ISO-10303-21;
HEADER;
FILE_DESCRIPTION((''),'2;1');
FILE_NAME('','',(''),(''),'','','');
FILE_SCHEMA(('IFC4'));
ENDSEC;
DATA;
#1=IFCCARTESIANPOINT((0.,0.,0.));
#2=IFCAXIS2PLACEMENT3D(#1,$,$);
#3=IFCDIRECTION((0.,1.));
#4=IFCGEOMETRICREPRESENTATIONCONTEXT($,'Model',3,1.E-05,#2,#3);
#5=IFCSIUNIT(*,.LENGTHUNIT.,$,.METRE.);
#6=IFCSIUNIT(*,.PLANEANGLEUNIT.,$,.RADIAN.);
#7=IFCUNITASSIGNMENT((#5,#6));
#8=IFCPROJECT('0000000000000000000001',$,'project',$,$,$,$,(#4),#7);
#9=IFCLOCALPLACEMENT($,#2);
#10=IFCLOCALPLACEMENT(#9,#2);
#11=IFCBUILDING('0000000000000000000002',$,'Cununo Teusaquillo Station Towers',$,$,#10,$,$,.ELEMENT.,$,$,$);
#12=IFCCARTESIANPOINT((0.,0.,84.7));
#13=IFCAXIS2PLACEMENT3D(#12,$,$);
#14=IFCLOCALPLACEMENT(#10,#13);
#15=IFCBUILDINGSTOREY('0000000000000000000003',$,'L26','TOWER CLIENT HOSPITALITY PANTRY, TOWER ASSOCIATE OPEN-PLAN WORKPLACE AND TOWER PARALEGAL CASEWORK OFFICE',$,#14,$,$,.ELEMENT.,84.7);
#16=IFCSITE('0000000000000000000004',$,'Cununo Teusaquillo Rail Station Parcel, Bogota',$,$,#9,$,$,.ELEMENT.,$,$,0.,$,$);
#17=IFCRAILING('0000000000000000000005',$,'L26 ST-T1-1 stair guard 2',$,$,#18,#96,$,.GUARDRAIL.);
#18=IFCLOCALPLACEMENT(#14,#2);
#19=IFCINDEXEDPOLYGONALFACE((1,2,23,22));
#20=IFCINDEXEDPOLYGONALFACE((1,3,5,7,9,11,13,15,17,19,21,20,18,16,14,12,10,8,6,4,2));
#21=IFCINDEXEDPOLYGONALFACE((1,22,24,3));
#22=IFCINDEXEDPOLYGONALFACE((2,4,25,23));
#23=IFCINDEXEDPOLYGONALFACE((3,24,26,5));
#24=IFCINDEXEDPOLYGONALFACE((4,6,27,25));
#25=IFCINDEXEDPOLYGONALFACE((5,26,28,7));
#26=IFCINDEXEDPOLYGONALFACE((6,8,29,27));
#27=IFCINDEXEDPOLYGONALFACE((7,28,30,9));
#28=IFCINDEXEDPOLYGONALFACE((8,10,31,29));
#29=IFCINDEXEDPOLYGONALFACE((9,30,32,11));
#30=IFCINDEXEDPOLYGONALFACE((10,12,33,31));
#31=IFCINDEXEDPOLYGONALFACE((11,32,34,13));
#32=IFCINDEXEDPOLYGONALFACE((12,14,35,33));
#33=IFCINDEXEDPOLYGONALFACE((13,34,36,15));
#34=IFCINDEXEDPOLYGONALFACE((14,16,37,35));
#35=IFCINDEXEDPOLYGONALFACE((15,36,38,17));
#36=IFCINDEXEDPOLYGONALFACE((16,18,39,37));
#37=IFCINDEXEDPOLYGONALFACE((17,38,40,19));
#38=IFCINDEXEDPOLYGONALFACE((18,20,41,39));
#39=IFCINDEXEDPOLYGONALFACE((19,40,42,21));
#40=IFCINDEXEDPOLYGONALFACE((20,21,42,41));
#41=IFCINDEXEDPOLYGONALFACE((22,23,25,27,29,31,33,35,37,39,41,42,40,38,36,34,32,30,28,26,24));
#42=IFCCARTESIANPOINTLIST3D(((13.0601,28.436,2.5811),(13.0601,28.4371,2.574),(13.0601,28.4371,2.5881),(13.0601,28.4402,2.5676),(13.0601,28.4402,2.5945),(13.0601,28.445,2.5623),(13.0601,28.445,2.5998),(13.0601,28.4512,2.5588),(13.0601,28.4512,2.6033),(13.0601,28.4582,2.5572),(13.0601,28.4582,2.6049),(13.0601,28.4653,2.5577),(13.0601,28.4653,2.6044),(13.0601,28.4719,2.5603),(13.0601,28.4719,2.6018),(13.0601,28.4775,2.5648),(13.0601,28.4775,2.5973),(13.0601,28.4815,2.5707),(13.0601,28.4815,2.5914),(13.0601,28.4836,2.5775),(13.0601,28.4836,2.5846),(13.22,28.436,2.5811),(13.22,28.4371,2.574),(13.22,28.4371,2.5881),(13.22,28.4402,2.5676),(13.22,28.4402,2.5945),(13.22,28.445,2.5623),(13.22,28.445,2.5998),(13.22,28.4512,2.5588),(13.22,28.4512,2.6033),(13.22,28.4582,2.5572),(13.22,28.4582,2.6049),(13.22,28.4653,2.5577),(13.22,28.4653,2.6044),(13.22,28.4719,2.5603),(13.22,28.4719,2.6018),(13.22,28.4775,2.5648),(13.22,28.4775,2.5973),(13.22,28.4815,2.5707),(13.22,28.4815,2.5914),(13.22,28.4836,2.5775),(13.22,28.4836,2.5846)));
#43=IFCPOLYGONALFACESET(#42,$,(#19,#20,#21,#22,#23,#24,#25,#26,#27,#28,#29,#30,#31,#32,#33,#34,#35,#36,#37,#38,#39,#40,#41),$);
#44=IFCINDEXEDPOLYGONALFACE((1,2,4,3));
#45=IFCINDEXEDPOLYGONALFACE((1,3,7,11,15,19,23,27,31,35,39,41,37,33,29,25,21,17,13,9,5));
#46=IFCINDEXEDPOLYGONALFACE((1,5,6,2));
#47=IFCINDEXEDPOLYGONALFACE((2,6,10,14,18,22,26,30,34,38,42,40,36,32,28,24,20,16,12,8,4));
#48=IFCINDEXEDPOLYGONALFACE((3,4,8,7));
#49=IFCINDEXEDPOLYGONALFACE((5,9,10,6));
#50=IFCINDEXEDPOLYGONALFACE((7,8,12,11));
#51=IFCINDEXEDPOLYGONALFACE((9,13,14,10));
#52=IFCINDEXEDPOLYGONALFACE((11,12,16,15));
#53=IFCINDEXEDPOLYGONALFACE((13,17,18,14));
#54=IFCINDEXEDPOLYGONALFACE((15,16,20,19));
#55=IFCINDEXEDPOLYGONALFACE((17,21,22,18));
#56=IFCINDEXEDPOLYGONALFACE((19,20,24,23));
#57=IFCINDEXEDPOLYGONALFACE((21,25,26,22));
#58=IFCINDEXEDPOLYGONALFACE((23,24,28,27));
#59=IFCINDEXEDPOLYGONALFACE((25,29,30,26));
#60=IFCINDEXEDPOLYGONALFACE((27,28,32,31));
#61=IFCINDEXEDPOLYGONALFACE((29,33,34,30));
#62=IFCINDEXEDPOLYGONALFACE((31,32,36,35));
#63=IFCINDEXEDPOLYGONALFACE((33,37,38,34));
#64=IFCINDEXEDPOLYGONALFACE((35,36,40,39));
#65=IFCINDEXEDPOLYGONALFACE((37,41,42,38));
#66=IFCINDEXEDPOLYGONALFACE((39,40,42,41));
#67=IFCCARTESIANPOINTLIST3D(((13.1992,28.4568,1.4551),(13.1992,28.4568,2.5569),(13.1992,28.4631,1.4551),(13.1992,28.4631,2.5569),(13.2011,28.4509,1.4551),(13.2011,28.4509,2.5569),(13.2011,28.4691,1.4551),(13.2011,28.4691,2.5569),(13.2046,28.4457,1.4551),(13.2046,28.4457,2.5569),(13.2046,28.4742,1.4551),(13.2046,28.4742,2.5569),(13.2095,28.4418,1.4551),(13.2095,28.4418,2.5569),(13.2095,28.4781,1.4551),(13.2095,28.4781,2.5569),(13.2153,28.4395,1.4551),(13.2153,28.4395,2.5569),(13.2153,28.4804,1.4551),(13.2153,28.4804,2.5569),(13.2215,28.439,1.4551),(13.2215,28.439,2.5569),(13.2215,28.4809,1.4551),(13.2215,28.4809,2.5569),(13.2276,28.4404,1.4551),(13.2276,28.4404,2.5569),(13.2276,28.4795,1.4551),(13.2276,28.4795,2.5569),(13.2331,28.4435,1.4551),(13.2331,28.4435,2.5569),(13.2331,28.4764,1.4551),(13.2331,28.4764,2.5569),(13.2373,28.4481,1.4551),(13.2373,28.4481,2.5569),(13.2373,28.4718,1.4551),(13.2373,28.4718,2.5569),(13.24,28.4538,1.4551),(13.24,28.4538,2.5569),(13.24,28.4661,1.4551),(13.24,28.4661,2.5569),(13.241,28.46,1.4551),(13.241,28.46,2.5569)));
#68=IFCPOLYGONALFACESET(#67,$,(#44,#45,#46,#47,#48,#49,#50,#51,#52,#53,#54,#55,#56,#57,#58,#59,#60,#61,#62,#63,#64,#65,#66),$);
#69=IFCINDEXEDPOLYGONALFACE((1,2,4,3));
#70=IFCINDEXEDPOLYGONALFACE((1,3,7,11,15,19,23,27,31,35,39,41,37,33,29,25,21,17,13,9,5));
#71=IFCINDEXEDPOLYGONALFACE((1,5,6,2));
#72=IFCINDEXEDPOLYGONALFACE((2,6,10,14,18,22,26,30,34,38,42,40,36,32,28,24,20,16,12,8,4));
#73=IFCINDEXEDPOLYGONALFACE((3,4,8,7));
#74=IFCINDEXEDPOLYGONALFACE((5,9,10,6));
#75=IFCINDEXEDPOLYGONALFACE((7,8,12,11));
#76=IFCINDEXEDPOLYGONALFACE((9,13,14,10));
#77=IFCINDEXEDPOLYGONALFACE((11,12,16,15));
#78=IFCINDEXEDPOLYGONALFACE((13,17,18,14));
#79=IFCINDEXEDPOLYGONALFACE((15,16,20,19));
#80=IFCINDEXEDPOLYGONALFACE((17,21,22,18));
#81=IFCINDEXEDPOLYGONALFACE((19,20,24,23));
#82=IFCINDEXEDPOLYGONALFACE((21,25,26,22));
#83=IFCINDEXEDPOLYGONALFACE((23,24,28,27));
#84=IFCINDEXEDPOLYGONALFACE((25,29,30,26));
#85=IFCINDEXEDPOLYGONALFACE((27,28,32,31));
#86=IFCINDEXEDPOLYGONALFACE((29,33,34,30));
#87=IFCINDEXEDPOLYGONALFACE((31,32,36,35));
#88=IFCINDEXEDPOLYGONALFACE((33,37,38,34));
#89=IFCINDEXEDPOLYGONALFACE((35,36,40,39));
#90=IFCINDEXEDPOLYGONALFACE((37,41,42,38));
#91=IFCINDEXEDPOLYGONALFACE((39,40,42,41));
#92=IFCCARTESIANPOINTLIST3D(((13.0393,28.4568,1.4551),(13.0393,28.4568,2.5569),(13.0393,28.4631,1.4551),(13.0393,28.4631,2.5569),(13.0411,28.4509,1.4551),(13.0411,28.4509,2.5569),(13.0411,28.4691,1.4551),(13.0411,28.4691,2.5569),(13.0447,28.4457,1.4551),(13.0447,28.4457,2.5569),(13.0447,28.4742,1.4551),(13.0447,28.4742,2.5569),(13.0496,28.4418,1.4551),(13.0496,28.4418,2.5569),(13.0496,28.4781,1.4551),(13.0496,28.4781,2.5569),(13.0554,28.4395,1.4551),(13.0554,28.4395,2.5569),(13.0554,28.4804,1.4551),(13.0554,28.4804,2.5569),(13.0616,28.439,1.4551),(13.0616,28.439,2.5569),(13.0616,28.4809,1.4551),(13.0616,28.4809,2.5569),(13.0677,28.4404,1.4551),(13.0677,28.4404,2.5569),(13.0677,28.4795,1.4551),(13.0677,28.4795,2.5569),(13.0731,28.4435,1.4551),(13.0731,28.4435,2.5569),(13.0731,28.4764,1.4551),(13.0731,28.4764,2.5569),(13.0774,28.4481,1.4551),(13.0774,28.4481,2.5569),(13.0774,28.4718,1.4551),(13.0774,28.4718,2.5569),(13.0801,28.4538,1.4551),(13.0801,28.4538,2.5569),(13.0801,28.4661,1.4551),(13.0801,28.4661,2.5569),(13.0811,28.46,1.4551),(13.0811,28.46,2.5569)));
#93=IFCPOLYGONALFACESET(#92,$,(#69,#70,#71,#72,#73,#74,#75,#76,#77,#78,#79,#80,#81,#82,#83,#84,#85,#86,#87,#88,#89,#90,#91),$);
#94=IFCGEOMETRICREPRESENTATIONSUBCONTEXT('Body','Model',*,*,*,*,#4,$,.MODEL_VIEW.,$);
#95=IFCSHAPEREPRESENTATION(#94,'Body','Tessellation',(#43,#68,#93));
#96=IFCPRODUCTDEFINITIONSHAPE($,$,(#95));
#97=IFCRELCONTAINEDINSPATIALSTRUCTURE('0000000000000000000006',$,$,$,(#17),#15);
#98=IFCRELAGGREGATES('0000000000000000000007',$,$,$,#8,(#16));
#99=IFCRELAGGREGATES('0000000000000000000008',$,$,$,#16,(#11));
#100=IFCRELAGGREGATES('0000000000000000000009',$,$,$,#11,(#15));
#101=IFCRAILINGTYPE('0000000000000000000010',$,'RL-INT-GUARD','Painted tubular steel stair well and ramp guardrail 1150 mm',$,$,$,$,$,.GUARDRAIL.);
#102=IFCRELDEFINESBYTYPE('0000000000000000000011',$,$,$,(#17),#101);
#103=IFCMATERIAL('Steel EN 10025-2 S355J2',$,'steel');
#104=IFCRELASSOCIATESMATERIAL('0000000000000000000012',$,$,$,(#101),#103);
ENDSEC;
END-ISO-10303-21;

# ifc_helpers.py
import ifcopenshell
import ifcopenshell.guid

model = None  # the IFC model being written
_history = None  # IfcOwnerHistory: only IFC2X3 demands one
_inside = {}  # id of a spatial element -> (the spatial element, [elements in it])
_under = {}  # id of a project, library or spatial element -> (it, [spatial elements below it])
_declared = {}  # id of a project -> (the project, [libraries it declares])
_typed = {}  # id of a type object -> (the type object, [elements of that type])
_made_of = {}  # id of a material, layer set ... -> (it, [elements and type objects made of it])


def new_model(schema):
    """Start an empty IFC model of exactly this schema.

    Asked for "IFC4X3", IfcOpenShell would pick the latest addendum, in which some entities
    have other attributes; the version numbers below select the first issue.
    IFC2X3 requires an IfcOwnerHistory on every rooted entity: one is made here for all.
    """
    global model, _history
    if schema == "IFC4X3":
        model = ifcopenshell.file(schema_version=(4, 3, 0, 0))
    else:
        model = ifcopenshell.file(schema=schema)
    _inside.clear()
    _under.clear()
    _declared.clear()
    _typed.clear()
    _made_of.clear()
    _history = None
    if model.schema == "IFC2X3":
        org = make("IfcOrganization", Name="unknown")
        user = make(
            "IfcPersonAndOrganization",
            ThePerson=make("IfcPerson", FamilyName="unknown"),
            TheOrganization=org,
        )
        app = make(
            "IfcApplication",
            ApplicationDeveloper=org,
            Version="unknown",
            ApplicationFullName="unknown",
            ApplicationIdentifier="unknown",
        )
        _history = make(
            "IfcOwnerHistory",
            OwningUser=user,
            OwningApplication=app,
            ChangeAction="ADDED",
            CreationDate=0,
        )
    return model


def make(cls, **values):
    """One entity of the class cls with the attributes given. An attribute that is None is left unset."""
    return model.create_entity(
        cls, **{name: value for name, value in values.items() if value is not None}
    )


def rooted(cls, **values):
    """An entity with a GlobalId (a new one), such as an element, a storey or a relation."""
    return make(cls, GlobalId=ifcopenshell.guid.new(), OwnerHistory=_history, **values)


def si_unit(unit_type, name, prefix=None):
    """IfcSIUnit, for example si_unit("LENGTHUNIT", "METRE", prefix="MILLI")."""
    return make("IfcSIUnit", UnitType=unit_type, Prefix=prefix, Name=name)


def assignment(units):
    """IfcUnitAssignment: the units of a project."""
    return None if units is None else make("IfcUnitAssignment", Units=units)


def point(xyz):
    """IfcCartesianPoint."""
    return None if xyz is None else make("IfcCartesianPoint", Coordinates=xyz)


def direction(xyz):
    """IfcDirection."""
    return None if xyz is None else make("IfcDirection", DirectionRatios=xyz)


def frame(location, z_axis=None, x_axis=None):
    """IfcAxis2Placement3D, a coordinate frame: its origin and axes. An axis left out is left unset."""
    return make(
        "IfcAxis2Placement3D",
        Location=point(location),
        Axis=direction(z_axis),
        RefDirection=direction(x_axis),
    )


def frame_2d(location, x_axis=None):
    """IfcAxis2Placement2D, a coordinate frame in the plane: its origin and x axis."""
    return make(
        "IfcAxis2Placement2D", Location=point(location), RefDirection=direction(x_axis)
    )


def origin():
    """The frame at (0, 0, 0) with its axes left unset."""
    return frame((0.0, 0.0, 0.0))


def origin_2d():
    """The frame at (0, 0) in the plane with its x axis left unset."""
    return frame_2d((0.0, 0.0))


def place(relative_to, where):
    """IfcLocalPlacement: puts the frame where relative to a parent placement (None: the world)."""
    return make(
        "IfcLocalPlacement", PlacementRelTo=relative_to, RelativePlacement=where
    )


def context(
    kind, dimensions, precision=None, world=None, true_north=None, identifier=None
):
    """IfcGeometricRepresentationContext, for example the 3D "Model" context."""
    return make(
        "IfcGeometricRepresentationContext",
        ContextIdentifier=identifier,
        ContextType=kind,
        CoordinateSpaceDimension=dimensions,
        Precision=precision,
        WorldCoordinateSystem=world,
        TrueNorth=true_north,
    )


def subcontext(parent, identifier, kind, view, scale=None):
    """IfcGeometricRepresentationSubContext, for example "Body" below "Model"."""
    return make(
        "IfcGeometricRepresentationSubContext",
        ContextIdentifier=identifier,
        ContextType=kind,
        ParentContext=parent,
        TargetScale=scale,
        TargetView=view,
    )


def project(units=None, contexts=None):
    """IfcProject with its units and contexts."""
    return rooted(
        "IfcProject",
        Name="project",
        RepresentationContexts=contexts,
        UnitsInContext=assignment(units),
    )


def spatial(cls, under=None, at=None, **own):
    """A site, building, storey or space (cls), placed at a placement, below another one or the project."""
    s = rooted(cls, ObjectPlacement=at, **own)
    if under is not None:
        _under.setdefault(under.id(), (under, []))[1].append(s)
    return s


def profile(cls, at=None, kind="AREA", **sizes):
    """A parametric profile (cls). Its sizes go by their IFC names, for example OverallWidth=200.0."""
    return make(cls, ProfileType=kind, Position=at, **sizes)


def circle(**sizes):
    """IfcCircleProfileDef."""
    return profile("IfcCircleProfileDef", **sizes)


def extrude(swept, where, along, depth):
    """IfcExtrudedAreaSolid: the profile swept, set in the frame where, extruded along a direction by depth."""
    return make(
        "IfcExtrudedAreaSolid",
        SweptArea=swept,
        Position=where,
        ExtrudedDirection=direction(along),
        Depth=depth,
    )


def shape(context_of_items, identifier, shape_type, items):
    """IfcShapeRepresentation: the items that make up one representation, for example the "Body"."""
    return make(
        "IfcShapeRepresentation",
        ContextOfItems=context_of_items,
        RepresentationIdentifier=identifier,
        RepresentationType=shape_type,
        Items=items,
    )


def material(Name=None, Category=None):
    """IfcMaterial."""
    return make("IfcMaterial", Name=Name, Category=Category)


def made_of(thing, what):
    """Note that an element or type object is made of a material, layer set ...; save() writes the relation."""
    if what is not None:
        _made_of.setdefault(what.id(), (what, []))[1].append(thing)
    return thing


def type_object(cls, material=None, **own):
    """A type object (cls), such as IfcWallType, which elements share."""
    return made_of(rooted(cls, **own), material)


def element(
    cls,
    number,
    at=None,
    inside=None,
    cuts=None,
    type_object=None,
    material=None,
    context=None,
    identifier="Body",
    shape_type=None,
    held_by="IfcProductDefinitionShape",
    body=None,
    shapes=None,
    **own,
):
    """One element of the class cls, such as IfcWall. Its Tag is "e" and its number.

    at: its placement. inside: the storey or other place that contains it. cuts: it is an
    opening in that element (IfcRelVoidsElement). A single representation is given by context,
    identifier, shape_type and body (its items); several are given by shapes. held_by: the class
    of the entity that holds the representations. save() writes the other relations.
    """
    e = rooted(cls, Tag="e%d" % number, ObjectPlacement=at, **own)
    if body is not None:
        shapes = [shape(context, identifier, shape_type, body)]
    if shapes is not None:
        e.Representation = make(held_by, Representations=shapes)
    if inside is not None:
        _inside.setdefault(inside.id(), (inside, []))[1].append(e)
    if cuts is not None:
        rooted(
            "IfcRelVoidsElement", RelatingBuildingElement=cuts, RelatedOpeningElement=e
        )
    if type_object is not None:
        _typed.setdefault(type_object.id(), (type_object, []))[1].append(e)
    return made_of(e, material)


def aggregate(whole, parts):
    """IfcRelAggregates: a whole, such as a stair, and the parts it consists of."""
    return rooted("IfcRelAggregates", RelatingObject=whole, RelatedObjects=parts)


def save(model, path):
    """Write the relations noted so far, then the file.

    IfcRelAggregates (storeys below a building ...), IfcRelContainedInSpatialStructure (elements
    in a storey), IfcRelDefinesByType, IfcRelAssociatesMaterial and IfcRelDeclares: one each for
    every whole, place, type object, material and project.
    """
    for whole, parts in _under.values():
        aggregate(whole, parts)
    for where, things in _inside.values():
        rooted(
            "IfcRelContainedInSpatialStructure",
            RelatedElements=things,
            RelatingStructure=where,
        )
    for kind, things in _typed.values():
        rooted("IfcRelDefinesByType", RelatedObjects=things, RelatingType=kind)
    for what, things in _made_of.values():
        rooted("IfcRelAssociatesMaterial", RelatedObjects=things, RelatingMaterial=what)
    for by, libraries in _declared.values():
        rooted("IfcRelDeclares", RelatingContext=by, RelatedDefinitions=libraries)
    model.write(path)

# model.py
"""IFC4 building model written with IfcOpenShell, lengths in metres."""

from ifc_helpers import new_model, si_unit, direction, frame, origin, origin_2d, place, context, subcontext, project, spatial, circle, extrude, material, type_object, element, save


model = new_model("IFC4")

# Units and contexts
model_context = context("Model", 3, precision=1e-05, world=origin(), true_north=direction((0.0, 1.0)))
body_context = subcontext(model_context, "Body", "Model", "MODEL_VIEW")
ifc_project = project(units=[si_unit("LENGTHUNIT", "METRE"), si_unit("PLANEANGLEUNIT", "RADIAN")], contexts=[model_context])

# Site, building, storey
site_placement = place(None, origin())
site = spatial("IfcSite", under=ifc_project, at=site_placement, Name="Cununo Teusaquillo Rail Station Parcel, Bogota", CompositionType="ELEMENT", RefElevation=0.0)
building_placement = place(site_placement, origin())
building = spatial("IfcBuilding", under=site, at=building_placement, Name="Cununo Teusaquillo Station Towers", CompositionType="ELEMENT")
storey_placement = place(building_placement, frame((0.0, 0.0, 84.7)))
storey = spatial("IfcBuildingStorey", under=building, at=storey_placement, Name="L26", Description="TOWER CLIENT HOSPITALITY PANTRY, TOWER ASSOCIATE OPEN-PLAN WORKPLACE AND TOWER PARALEGAL CASEWORK OFFICE", CompositionType="ELEMENT", Elevation=84.7)

# Railing
ifc_material_1 = material(Name="Steel EN 10025-2 S355J2", Category="steel")
railing_type_1 = type_object("IfcRailingType", Name="RL-INT-GUARD", Description="Painted tubular steel stair well and ramp guardrail 1150 mm", PredefinedType="GUARDRAIL", material=ifc_material_1)
railing_1_placement = place(storey_placement, frame((13.22, 28.46, 1.4551)))
element("IfcRailing", 1, at=railing_1_placement, inside=storey, type_object=railing_type_1, Name="L26 ST-T1-1 stair guard 2", PredefinedType="GUARDRAIL", context=body_context, shape_type="SweptSolid", body=[
    extrude(circle(Radius=0.0239, at=origin_2d()), frame((0.0, 0.0, 1.126), z_axis=(-1.0, 0.0, 0.0), x_axis=(0.0, -1.0, 0.0)), (0.0, 0.0, 1.0), 0.1599),
    extrude(circle(Radius=0.021, at=origin_2d()), origin(), (0.0, 0.0, 1.0), 1.1018),
    extrude(circle(Radius=0.021, at=origin_2d()), frame((-0.1599, 0.0, 0.0)), (0.0, 0.0, 1.0), 1.1018),
])

save(model, "model.ifc")
